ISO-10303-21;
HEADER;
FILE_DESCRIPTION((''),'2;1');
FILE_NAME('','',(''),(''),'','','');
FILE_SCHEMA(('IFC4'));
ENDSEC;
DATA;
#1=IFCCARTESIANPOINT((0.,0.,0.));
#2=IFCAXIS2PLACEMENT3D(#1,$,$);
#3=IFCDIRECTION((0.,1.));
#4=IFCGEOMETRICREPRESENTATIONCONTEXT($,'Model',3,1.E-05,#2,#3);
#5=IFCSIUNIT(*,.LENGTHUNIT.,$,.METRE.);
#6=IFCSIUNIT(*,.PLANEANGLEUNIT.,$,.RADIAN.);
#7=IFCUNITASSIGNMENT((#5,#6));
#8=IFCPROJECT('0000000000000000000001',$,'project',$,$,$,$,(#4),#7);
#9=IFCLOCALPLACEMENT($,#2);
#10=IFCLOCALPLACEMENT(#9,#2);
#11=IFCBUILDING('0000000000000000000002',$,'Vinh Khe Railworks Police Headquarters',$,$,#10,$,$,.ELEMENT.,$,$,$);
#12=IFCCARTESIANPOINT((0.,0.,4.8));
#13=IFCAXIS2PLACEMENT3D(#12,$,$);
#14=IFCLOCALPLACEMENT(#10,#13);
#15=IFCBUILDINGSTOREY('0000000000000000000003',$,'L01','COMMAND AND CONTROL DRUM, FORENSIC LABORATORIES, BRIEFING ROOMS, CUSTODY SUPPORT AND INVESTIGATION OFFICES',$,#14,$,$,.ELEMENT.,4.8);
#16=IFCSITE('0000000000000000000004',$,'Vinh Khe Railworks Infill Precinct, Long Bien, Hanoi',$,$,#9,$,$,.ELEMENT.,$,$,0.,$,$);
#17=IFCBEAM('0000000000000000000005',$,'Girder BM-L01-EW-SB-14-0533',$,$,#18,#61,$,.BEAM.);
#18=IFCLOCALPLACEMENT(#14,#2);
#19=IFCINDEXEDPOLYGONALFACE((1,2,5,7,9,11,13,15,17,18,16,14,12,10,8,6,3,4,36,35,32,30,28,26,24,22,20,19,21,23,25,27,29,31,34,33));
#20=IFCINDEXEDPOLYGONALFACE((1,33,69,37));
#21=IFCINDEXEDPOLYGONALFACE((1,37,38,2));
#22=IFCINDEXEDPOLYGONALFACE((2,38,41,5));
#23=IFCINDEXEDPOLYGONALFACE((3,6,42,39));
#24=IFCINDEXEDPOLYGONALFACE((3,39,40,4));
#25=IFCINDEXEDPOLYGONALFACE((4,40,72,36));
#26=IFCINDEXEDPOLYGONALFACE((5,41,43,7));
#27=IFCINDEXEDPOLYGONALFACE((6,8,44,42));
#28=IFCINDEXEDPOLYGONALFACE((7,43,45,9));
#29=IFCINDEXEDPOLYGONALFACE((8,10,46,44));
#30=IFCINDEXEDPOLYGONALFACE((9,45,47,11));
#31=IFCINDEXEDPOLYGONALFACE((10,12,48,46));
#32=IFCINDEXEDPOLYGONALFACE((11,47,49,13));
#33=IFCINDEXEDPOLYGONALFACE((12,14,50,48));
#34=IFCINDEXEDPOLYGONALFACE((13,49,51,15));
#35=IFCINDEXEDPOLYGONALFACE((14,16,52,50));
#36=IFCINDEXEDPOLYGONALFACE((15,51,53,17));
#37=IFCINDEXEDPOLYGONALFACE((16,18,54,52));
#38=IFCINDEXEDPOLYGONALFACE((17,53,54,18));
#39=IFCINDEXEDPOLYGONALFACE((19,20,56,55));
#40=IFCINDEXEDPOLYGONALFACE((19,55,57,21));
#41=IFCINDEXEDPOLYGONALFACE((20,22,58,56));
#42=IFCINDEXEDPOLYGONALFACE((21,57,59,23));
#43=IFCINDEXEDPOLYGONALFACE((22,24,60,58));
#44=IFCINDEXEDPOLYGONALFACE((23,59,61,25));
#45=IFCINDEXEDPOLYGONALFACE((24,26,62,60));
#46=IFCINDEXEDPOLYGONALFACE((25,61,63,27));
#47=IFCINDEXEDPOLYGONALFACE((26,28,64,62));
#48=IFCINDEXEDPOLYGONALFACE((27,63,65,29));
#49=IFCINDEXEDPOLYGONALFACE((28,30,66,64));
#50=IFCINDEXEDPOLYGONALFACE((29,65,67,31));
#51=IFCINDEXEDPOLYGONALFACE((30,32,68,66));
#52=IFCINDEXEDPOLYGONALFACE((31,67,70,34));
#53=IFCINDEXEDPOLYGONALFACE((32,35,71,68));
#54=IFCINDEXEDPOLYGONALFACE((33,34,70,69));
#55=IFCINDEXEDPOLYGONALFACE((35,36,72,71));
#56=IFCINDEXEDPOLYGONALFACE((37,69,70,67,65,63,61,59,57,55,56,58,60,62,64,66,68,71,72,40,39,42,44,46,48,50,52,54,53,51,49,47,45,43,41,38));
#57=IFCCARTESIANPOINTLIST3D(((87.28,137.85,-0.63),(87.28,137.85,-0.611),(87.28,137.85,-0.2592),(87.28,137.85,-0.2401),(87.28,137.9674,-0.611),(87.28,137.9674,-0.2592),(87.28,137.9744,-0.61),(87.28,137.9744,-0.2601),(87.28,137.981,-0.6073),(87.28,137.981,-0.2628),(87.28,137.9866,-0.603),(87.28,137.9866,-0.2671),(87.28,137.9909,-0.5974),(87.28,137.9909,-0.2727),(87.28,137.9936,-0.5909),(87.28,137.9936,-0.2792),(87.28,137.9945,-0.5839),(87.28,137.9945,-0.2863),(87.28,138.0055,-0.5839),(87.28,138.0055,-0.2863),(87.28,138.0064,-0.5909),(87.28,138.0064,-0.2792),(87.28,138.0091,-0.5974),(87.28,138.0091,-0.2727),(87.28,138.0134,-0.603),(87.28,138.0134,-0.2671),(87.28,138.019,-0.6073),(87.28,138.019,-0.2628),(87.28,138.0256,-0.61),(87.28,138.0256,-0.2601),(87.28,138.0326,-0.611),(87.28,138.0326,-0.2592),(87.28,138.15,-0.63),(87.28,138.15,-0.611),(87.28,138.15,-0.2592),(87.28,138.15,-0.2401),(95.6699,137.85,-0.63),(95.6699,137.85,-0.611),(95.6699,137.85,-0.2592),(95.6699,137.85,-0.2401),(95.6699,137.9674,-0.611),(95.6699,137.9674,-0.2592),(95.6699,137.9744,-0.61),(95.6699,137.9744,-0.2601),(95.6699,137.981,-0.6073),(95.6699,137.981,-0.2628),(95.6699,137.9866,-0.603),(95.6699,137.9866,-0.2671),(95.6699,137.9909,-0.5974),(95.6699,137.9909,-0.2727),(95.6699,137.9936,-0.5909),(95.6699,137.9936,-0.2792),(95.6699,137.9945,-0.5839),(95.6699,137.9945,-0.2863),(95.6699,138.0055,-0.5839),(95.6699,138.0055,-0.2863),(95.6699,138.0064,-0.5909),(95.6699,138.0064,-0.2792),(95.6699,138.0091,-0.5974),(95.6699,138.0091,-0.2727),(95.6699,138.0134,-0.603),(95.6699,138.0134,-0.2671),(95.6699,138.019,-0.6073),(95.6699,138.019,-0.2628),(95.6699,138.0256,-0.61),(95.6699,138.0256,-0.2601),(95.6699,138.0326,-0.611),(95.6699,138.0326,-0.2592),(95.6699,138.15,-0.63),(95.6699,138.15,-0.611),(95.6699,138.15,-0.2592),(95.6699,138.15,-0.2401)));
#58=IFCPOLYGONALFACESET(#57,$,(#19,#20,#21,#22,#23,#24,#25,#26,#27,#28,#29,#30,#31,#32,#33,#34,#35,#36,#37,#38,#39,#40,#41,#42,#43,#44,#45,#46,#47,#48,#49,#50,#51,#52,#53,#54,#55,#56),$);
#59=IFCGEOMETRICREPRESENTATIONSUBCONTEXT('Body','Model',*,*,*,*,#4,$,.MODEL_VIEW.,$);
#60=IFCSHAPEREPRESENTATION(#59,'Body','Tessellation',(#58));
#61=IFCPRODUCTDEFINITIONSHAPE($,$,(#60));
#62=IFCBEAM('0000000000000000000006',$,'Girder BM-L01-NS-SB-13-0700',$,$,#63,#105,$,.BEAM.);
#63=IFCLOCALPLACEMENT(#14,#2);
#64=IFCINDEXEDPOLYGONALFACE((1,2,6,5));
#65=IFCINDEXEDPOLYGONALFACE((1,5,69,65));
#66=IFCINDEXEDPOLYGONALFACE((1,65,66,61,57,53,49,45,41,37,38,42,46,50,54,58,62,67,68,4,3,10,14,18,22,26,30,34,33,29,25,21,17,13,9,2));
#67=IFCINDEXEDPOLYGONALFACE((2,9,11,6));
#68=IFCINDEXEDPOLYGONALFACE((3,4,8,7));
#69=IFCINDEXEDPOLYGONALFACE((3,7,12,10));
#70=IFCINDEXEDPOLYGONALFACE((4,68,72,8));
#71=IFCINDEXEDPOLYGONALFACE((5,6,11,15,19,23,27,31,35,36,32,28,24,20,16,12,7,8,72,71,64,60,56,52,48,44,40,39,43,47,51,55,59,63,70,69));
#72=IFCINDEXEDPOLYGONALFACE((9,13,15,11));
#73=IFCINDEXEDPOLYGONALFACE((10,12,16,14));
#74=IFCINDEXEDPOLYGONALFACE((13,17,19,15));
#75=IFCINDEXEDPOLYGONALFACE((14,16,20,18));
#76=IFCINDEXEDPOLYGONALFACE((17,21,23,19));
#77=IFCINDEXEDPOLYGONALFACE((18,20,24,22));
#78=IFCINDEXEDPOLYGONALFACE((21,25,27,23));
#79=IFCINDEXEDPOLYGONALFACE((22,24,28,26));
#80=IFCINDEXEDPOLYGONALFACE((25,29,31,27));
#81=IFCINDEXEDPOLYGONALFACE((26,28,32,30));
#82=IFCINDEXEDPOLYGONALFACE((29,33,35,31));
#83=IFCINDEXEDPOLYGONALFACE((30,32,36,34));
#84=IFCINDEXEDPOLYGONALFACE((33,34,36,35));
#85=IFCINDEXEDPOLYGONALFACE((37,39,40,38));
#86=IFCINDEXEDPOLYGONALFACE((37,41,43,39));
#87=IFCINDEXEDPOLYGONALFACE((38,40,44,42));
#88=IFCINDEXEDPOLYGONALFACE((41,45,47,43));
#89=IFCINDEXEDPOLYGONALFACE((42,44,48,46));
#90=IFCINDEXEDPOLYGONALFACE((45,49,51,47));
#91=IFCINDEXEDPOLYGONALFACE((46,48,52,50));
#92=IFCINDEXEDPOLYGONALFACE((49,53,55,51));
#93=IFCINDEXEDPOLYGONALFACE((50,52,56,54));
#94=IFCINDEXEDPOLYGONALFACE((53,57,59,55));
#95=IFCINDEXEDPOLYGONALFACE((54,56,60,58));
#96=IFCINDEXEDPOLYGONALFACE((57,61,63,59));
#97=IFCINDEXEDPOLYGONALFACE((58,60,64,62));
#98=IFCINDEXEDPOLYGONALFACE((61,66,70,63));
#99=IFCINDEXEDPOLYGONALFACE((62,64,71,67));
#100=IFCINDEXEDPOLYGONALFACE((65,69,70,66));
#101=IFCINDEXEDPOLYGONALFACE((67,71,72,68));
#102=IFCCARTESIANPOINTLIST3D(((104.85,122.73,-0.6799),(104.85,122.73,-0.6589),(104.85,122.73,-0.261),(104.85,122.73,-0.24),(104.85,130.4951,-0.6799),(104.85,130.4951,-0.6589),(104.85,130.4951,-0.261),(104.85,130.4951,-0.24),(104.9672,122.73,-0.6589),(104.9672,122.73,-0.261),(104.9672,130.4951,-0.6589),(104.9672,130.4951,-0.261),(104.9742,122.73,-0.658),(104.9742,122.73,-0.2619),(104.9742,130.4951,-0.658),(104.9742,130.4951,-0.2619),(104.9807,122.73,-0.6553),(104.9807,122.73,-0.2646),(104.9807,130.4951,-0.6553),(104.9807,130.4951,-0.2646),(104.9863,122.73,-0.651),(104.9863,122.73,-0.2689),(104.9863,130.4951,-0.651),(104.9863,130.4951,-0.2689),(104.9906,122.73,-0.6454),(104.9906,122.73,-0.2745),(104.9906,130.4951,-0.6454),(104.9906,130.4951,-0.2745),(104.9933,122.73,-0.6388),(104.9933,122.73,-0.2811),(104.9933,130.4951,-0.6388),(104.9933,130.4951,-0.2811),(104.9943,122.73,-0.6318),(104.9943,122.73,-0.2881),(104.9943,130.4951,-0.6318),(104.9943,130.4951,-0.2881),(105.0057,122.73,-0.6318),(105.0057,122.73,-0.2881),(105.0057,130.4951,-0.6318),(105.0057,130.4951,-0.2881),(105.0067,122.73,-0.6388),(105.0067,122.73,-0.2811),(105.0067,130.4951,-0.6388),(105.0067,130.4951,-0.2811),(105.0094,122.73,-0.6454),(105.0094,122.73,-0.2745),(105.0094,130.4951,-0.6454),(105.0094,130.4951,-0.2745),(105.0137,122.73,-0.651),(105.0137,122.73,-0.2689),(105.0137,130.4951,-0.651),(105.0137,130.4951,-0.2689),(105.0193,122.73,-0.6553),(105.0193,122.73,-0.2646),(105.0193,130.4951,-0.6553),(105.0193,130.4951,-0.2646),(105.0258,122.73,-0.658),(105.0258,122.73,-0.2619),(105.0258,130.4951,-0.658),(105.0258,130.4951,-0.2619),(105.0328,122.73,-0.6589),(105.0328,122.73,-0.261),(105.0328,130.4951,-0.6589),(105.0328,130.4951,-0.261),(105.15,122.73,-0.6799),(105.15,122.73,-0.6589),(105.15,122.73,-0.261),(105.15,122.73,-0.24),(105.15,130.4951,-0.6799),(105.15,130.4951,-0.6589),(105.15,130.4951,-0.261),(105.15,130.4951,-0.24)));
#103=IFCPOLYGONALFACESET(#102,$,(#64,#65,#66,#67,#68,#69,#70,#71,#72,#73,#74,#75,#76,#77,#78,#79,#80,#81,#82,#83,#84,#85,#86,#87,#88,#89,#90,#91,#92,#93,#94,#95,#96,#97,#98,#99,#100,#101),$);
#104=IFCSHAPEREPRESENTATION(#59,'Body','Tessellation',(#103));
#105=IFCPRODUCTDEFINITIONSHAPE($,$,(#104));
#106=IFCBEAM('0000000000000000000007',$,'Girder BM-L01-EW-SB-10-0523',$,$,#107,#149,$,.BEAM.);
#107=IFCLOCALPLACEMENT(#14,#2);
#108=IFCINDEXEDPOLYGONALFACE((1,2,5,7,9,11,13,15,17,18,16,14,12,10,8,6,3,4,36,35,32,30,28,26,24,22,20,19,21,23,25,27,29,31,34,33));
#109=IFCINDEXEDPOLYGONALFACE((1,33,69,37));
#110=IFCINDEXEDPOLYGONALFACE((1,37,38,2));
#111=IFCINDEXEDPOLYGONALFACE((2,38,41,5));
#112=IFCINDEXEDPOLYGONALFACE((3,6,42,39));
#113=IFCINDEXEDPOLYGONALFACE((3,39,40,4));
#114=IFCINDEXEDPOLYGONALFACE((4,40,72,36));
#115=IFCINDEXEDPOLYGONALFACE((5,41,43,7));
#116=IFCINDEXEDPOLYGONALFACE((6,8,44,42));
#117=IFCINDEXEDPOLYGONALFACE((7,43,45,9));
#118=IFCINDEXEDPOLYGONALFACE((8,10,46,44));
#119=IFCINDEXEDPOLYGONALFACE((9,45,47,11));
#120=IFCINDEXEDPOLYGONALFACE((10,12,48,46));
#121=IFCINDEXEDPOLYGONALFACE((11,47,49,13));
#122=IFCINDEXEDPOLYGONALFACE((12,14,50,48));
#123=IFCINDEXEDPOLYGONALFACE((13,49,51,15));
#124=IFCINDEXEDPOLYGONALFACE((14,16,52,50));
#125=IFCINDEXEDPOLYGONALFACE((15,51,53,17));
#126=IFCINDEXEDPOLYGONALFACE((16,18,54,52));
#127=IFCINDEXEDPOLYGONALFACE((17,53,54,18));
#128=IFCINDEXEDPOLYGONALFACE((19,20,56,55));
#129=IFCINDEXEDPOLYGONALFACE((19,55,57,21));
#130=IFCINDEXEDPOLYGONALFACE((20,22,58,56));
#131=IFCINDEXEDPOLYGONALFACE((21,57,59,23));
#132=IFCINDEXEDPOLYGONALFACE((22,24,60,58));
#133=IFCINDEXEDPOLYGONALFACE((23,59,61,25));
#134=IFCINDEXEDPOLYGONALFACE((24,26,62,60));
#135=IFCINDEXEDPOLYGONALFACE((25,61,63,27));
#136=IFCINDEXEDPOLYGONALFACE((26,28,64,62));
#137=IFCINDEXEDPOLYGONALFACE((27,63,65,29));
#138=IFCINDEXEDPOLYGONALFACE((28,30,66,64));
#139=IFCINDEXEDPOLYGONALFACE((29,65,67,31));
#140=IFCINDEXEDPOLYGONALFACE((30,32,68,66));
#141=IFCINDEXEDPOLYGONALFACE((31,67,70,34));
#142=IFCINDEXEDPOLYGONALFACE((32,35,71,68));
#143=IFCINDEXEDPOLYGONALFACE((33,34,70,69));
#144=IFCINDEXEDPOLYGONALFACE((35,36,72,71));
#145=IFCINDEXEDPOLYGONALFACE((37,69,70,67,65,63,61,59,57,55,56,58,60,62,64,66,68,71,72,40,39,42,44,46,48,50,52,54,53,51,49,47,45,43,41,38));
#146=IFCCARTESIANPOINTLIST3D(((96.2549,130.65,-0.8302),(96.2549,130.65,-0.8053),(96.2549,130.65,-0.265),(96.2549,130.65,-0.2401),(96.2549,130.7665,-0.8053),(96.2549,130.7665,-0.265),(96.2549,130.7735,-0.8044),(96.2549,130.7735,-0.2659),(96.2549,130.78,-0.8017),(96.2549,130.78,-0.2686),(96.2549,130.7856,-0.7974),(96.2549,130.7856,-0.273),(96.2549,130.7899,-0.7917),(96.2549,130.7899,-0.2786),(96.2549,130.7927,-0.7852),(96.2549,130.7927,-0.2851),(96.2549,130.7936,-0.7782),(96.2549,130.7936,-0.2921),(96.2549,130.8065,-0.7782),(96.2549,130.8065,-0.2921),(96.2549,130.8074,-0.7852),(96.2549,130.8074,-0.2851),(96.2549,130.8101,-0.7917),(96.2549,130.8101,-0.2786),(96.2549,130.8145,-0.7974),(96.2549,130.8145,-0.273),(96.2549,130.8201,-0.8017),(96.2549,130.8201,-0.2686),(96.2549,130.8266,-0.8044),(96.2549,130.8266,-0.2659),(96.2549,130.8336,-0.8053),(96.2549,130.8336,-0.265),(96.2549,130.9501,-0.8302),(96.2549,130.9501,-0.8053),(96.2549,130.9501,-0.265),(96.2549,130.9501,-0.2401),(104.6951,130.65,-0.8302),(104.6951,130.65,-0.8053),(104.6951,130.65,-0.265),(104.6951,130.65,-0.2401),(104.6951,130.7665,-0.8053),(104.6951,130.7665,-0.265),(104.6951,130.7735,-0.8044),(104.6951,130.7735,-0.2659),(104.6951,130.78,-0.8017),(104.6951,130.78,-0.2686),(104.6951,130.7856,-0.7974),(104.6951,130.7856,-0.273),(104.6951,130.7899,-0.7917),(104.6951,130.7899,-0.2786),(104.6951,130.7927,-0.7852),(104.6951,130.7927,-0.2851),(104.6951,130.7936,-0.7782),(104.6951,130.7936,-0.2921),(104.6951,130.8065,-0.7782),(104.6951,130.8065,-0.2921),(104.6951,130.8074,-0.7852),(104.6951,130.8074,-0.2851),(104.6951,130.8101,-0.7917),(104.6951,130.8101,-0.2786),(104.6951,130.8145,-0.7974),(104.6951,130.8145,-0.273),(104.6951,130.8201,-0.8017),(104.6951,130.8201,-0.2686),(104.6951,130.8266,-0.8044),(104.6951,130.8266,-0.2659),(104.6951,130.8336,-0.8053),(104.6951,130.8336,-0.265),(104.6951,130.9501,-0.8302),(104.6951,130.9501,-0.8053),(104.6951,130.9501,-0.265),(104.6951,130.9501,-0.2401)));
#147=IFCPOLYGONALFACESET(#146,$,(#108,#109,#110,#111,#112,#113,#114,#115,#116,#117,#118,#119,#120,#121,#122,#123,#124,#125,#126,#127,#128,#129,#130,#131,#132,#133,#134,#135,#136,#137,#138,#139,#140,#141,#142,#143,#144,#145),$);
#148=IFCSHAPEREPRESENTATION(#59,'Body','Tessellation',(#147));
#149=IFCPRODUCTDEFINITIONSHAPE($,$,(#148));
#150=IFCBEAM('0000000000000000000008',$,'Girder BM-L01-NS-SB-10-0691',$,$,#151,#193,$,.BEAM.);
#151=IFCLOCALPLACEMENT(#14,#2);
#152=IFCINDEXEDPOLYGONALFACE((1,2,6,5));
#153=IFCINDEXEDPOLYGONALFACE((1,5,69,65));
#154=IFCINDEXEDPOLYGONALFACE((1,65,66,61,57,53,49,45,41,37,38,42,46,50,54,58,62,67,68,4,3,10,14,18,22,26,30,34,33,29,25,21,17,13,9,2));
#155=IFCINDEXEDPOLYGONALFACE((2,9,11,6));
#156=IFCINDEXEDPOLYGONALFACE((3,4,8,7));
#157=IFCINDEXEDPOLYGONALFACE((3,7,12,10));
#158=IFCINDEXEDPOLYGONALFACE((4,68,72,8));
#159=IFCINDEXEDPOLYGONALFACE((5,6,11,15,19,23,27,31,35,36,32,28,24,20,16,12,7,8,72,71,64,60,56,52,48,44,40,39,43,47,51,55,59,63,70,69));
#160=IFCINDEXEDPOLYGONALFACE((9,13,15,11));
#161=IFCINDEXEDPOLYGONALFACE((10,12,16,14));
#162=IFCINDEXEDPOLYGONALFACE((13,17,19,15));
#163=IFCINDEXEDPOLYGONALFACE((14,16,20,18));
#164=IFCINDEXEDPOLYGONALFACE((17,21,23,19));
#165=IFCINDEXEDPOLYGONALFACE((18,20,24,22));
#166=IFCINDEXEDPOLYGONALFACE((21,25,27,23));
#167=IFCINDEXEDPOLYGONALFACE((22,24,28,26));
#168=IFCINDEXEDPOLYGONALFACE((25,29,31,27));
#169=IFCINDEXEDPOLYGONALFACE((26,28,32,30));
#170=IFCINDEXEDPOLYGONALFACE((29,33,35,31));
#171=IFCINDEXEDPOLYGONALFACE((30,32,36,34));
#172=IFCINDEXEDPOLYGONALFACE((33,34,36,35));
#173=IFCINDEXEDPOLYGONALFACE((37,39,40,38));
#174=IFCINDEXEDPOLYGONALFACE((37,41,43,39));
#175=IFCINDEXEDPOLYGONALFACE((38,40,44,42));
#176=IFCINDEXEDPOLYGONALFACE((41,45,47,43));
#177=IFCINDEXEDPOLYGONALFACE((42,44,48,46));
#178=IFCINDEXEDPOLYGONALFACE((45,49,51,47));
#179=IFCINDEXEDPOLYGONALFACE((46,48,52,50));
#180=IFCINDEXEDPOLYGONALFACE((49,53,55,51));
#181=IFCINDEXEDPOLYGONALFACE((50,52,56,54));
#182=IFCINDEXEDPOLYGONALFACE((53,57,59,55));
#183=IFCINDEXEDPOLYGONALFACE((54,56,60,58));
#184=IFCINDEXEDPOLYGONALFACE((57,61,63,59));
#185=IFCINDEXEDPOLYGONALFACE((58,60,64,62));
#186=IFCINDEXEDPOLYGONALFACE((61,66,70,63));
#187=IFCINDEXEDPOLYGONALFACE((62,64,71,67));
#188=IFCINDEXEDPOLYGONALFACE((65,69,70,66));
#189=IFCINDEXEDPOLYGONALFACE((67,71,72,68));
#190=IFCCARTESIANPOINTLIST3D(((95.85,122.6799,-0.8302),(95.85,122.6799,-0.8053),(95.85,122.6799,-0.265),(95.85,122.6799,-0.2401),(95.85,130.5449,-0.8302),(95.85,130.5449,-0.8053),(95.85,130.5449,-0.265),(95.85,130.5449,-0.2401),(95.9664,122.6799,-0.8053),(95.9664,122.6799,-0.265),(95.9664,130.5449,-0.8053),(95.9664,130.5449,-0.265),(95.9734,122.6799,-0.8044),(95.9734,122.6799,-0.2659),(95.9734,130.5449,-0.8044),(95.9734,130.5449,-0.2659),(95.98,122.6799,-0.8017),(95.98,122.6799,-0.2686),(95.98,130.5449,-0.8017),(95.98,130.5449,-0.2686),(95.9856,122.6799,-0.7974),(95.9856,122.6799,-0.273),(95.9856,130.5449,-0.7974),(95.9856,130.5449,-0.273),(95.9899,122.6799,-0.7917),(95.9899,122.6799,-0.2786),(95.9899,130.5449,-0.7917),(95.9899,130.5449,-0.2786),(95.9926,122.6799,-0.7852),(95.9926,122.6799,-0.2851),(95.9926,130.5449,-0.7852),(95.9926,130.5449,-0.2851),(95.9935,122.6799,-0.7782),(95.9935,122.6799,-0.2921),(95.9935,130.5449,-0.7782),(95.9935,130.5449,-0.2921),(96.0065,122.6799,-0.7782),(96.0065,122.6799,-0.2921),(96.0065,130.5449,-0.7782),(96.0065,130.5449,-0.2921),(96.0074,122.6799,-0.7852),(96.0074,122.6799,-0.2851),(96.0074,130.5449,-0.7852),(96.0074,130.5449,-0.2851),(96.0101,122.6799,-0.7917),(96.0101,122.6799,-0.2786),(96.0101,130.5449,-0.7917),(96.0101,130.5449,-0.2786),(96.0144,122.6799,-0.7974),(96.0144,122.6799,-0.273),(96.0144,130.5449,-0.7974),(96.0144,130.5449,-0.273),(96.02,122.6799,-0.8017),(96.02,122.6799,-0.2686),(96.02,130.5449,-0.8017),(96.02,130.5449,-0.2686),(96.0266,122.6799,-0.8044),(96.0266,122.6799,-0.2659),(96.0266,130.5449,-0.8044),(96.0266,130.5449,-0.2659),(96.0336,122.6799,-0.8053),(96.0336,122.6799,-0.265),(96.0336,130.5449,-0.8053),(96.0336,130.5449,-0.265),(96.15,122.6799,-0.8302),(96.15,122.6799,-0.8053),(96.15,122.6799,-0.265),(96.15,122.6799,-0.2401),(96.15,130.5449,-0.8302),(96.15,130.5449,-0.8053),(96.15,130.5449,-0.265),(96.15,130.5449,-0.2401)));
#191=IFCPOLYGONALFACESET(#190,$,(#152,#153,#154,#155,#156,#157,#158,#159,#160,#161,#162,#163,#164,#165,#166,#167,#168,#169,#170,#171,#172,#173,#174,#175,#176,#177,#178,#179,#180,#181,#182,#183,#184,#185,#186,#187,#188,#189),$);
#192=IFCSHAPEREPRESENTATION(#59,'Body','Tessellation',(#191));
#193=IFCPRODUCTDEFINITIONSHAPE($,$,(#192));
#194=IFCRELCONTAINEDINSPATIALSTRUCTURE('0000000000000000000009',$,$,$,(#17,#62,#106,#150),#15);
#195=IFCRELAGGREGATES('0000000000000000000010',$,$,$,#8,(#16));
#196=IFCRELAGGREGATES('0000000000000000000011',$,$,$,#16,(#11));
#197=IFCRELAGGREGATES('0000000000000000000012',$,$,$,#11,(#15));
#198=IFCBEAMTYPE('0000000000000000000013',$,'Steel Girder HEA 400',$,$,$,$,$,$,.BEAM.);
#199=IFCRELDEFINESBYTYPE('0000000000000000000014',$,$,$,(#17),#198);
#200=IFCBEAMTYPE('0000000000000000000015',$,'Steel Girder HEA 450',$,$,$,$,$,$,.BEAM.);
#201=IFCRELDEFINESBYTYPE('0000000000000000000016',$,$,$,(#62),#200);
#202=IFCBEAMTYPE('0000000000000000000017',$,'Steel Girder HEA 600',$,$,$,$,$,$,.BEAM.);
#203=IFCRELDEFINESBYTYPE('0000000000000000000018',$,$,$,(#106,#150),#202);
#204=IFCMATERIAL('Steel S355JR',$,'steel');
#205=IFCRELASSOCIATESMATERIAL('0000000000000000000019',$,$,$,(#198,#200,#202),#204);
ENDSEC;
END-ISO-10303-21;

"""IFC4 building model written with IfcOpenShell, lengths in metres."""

from ifc_helpers import new_model, si_unit, direction, frame, origin, origin_2d, place, context, subcontext, project, spatial, i_section, extrude, material, material_profile, profile_set, type_object, element, save


model = new_model("IFC4")

# Units and contexts
model_context = context("Model", 3, precision=1e-05, world=origin(), true_north=direction((0.0, 1.0)))
body_context = subcontext(model_context, "Body", "Model", "MODEL_VIEW")
ifc_project = project(units=[si_unit("LENGTHUNIT", "METRE"), si_unit("PLANEANGLEUNIT", "RADIAN")], contexts=[model_context])

# Site, building, storey
site_placement = place(None, origin())
site = spatial("IfcSite", under=ifc_project, at=site_placement, Name="Vinh Khe Railworks Infill Precinct, Long Bien, Hanoi", CompositionType="ELEMENT", RefElevation=0.0)
building_placement = place(site_placement, origin())
building = spatial("IfcBuilding", under=site, at=building_placement, Name="Vinh Khe Railworks Police Headquarters", CompositionType="ELEMENT")
storey_placement = place(building_placement, frame((0.0, 0.0, 4.8)))
storey = spatial("IfcBuildingStorey", under=building, at=storey_placement, Name="L01", Description="COMMAND AND CONTROL DRUM, FORENSIC LABORATORIES, BRIEFING ROOMS, CUSTODY SUPPORT AND INVESTIGATION OFFICES", CompositionType="ELEMENT", Elevation=4.8)

# Beams
ifc_material_1 = material(Name="Steel S355JR", Category="steel")
ifc_material_profile_1 = material_profile(ifc_material_1, i_section(OverallWidth=0.3, OverallDepth=0.3899, WebThickness=0.011, FlangeThickness=0.019, FilletRadius=0.0271, at=origin_2d()), Name="HEA 400")
ifc_profile_set_1 = profile_set([ifc_material_profile_1], Name="Steel S355JR")
beam_type_1 = type_object("IfcBeamType", Name="Steel Girder HEA 400", PredefinedType="BEAM", material=ifc_profile_set_1)
for number, where, z_axis, x_axis, name in (
    (1, (87.28, 138.0, -0.4351), (1.0, 0.0, 0.0), (0.0, 1.0, 0.0), "Girder BM-L01-EW-SB-14-0533"),
):
    element("IfcBeam", number, at=place(storey_placement, frame(where, z_axis=z_axis, x_axis=x_axis)), inside=storey, type_object=beam_type_1, Name=name, PredefinedType="BEAM", context=body_context, shape_type="SweptSolid", body=[
        extrude(i_section(OverallWidth=0.3, OverallDepth=0.3899, WebThickness=0.011, FlangeThickness=0.019, FilletRadius=0.0271, at=origin_2d()), origin(), (0.0, 0.0, 1.0), 8.3899),
    ])
ifc_material_profile_2 = material_profile(ifc_material_1, i_section(OverallWidth=0.3, OverallDepth=0.4399, WebThickness=0.0115, FlangeThickness=0.021, FilletRadius=0.0271, at=origin_2d()), Name="HEA 450")
ifc_profile_set_2 = profile_set([ifc_material_profile_2], Name="Steel S355JR")
beam_type_2 = type_object("IfcBeamType", Name="Steel Girder HEA 450", PredefinedType="BEAM", material=ifc_profile_set_2)
beam_1_placement = place(storey_placement, frame((105.0, 122.73, -0.46), z_axis=(0.0, 1.0, 0.0), x_axis=(-1.0, 0.0, 0.0)))
element("IfcBeam", 2, at=beam_1_placement, inside=storey, type_object=beam_type_2, Name="Girder BM-L01-NS-SB-13-0700", PredefinedType="BEAM", context=body_context, shape_type="SweptSolid", body=[
    extrude(i_section(OverallWidth=0.3, OverallDepth=0.4399, WebThickness=0.0115, FlangeThickness=0.021, FilletRadius=0.0271, at=origin_2d()), origin(), (0.0, 0.0, 1.0), 7.7651),
])
ifc_material_profile_3 = material_profile(ifc_material_1, i_section(OverallWidth=0.3, OverallDepth=0.5901, WebThickness=0.0129, FlangeThickness=0.0249, FilletRadius=0.0271, at=origin_2d()), Name="HEA 600")
ifc_profile_set_3 = profile_set([ifc_material_profile_3], Name="Steel S355JR")
beam_type_3 = type_object("IfcBeamType", Name="Steel Girder HEA 600", PredefinedType="BEAM", material=ifc_profile_set_3)
beam_2_placement = place(storey_placement, frame((96.2549, 130.8, -0.5352), z_axis=(1.0, 0.0, 0.0), x_axis=(0.0, 1.0, 0.0)))
element("IfcBeam", 3, at=beam_2_placement, inside=storey, type_object=beam_type_3, Name="Girder BM-L01-EW-SB-10-0523", PredefinedType="BEAM", context=body_context, shape_type="SweptSolid", body=[
    extrude(i_section(OverallWidth=0.3, OverallDepth=0.5901, WebThickness=0.0129, FlangeThickness=0.0249, FilletRadius=0.0271, at=origin_2d()), origin(), (0.0, 0.0, 1.0), 8.4402),
])
beam_3_placement = place(storey_placement, frame((96.0, 122.6799, -0.5352), z_axis=(0.0, 1.0, 0.0), x_axis=(-1.0, 0.0, 0.0)))
element("IfcBeam", 4, at=beam_3_placement, inside=storey, type_object=beam_type_3, Name="Girder BM-L01-NS-SB-10-0691", PredefinedType="BEAM", context=body_context, shape_type="SweptSolid", body=[
    extrude(i_section(OverallWidth=0.3, OverallDepth=0.5901, WebThickness=0.0129, FlangeThickness=0.0249, FilletRadius=0.0271, at=origin_2d()), origin(), (0.0, 0.0, 1.0), 7.865),
])

save(model, "model.ifc")
